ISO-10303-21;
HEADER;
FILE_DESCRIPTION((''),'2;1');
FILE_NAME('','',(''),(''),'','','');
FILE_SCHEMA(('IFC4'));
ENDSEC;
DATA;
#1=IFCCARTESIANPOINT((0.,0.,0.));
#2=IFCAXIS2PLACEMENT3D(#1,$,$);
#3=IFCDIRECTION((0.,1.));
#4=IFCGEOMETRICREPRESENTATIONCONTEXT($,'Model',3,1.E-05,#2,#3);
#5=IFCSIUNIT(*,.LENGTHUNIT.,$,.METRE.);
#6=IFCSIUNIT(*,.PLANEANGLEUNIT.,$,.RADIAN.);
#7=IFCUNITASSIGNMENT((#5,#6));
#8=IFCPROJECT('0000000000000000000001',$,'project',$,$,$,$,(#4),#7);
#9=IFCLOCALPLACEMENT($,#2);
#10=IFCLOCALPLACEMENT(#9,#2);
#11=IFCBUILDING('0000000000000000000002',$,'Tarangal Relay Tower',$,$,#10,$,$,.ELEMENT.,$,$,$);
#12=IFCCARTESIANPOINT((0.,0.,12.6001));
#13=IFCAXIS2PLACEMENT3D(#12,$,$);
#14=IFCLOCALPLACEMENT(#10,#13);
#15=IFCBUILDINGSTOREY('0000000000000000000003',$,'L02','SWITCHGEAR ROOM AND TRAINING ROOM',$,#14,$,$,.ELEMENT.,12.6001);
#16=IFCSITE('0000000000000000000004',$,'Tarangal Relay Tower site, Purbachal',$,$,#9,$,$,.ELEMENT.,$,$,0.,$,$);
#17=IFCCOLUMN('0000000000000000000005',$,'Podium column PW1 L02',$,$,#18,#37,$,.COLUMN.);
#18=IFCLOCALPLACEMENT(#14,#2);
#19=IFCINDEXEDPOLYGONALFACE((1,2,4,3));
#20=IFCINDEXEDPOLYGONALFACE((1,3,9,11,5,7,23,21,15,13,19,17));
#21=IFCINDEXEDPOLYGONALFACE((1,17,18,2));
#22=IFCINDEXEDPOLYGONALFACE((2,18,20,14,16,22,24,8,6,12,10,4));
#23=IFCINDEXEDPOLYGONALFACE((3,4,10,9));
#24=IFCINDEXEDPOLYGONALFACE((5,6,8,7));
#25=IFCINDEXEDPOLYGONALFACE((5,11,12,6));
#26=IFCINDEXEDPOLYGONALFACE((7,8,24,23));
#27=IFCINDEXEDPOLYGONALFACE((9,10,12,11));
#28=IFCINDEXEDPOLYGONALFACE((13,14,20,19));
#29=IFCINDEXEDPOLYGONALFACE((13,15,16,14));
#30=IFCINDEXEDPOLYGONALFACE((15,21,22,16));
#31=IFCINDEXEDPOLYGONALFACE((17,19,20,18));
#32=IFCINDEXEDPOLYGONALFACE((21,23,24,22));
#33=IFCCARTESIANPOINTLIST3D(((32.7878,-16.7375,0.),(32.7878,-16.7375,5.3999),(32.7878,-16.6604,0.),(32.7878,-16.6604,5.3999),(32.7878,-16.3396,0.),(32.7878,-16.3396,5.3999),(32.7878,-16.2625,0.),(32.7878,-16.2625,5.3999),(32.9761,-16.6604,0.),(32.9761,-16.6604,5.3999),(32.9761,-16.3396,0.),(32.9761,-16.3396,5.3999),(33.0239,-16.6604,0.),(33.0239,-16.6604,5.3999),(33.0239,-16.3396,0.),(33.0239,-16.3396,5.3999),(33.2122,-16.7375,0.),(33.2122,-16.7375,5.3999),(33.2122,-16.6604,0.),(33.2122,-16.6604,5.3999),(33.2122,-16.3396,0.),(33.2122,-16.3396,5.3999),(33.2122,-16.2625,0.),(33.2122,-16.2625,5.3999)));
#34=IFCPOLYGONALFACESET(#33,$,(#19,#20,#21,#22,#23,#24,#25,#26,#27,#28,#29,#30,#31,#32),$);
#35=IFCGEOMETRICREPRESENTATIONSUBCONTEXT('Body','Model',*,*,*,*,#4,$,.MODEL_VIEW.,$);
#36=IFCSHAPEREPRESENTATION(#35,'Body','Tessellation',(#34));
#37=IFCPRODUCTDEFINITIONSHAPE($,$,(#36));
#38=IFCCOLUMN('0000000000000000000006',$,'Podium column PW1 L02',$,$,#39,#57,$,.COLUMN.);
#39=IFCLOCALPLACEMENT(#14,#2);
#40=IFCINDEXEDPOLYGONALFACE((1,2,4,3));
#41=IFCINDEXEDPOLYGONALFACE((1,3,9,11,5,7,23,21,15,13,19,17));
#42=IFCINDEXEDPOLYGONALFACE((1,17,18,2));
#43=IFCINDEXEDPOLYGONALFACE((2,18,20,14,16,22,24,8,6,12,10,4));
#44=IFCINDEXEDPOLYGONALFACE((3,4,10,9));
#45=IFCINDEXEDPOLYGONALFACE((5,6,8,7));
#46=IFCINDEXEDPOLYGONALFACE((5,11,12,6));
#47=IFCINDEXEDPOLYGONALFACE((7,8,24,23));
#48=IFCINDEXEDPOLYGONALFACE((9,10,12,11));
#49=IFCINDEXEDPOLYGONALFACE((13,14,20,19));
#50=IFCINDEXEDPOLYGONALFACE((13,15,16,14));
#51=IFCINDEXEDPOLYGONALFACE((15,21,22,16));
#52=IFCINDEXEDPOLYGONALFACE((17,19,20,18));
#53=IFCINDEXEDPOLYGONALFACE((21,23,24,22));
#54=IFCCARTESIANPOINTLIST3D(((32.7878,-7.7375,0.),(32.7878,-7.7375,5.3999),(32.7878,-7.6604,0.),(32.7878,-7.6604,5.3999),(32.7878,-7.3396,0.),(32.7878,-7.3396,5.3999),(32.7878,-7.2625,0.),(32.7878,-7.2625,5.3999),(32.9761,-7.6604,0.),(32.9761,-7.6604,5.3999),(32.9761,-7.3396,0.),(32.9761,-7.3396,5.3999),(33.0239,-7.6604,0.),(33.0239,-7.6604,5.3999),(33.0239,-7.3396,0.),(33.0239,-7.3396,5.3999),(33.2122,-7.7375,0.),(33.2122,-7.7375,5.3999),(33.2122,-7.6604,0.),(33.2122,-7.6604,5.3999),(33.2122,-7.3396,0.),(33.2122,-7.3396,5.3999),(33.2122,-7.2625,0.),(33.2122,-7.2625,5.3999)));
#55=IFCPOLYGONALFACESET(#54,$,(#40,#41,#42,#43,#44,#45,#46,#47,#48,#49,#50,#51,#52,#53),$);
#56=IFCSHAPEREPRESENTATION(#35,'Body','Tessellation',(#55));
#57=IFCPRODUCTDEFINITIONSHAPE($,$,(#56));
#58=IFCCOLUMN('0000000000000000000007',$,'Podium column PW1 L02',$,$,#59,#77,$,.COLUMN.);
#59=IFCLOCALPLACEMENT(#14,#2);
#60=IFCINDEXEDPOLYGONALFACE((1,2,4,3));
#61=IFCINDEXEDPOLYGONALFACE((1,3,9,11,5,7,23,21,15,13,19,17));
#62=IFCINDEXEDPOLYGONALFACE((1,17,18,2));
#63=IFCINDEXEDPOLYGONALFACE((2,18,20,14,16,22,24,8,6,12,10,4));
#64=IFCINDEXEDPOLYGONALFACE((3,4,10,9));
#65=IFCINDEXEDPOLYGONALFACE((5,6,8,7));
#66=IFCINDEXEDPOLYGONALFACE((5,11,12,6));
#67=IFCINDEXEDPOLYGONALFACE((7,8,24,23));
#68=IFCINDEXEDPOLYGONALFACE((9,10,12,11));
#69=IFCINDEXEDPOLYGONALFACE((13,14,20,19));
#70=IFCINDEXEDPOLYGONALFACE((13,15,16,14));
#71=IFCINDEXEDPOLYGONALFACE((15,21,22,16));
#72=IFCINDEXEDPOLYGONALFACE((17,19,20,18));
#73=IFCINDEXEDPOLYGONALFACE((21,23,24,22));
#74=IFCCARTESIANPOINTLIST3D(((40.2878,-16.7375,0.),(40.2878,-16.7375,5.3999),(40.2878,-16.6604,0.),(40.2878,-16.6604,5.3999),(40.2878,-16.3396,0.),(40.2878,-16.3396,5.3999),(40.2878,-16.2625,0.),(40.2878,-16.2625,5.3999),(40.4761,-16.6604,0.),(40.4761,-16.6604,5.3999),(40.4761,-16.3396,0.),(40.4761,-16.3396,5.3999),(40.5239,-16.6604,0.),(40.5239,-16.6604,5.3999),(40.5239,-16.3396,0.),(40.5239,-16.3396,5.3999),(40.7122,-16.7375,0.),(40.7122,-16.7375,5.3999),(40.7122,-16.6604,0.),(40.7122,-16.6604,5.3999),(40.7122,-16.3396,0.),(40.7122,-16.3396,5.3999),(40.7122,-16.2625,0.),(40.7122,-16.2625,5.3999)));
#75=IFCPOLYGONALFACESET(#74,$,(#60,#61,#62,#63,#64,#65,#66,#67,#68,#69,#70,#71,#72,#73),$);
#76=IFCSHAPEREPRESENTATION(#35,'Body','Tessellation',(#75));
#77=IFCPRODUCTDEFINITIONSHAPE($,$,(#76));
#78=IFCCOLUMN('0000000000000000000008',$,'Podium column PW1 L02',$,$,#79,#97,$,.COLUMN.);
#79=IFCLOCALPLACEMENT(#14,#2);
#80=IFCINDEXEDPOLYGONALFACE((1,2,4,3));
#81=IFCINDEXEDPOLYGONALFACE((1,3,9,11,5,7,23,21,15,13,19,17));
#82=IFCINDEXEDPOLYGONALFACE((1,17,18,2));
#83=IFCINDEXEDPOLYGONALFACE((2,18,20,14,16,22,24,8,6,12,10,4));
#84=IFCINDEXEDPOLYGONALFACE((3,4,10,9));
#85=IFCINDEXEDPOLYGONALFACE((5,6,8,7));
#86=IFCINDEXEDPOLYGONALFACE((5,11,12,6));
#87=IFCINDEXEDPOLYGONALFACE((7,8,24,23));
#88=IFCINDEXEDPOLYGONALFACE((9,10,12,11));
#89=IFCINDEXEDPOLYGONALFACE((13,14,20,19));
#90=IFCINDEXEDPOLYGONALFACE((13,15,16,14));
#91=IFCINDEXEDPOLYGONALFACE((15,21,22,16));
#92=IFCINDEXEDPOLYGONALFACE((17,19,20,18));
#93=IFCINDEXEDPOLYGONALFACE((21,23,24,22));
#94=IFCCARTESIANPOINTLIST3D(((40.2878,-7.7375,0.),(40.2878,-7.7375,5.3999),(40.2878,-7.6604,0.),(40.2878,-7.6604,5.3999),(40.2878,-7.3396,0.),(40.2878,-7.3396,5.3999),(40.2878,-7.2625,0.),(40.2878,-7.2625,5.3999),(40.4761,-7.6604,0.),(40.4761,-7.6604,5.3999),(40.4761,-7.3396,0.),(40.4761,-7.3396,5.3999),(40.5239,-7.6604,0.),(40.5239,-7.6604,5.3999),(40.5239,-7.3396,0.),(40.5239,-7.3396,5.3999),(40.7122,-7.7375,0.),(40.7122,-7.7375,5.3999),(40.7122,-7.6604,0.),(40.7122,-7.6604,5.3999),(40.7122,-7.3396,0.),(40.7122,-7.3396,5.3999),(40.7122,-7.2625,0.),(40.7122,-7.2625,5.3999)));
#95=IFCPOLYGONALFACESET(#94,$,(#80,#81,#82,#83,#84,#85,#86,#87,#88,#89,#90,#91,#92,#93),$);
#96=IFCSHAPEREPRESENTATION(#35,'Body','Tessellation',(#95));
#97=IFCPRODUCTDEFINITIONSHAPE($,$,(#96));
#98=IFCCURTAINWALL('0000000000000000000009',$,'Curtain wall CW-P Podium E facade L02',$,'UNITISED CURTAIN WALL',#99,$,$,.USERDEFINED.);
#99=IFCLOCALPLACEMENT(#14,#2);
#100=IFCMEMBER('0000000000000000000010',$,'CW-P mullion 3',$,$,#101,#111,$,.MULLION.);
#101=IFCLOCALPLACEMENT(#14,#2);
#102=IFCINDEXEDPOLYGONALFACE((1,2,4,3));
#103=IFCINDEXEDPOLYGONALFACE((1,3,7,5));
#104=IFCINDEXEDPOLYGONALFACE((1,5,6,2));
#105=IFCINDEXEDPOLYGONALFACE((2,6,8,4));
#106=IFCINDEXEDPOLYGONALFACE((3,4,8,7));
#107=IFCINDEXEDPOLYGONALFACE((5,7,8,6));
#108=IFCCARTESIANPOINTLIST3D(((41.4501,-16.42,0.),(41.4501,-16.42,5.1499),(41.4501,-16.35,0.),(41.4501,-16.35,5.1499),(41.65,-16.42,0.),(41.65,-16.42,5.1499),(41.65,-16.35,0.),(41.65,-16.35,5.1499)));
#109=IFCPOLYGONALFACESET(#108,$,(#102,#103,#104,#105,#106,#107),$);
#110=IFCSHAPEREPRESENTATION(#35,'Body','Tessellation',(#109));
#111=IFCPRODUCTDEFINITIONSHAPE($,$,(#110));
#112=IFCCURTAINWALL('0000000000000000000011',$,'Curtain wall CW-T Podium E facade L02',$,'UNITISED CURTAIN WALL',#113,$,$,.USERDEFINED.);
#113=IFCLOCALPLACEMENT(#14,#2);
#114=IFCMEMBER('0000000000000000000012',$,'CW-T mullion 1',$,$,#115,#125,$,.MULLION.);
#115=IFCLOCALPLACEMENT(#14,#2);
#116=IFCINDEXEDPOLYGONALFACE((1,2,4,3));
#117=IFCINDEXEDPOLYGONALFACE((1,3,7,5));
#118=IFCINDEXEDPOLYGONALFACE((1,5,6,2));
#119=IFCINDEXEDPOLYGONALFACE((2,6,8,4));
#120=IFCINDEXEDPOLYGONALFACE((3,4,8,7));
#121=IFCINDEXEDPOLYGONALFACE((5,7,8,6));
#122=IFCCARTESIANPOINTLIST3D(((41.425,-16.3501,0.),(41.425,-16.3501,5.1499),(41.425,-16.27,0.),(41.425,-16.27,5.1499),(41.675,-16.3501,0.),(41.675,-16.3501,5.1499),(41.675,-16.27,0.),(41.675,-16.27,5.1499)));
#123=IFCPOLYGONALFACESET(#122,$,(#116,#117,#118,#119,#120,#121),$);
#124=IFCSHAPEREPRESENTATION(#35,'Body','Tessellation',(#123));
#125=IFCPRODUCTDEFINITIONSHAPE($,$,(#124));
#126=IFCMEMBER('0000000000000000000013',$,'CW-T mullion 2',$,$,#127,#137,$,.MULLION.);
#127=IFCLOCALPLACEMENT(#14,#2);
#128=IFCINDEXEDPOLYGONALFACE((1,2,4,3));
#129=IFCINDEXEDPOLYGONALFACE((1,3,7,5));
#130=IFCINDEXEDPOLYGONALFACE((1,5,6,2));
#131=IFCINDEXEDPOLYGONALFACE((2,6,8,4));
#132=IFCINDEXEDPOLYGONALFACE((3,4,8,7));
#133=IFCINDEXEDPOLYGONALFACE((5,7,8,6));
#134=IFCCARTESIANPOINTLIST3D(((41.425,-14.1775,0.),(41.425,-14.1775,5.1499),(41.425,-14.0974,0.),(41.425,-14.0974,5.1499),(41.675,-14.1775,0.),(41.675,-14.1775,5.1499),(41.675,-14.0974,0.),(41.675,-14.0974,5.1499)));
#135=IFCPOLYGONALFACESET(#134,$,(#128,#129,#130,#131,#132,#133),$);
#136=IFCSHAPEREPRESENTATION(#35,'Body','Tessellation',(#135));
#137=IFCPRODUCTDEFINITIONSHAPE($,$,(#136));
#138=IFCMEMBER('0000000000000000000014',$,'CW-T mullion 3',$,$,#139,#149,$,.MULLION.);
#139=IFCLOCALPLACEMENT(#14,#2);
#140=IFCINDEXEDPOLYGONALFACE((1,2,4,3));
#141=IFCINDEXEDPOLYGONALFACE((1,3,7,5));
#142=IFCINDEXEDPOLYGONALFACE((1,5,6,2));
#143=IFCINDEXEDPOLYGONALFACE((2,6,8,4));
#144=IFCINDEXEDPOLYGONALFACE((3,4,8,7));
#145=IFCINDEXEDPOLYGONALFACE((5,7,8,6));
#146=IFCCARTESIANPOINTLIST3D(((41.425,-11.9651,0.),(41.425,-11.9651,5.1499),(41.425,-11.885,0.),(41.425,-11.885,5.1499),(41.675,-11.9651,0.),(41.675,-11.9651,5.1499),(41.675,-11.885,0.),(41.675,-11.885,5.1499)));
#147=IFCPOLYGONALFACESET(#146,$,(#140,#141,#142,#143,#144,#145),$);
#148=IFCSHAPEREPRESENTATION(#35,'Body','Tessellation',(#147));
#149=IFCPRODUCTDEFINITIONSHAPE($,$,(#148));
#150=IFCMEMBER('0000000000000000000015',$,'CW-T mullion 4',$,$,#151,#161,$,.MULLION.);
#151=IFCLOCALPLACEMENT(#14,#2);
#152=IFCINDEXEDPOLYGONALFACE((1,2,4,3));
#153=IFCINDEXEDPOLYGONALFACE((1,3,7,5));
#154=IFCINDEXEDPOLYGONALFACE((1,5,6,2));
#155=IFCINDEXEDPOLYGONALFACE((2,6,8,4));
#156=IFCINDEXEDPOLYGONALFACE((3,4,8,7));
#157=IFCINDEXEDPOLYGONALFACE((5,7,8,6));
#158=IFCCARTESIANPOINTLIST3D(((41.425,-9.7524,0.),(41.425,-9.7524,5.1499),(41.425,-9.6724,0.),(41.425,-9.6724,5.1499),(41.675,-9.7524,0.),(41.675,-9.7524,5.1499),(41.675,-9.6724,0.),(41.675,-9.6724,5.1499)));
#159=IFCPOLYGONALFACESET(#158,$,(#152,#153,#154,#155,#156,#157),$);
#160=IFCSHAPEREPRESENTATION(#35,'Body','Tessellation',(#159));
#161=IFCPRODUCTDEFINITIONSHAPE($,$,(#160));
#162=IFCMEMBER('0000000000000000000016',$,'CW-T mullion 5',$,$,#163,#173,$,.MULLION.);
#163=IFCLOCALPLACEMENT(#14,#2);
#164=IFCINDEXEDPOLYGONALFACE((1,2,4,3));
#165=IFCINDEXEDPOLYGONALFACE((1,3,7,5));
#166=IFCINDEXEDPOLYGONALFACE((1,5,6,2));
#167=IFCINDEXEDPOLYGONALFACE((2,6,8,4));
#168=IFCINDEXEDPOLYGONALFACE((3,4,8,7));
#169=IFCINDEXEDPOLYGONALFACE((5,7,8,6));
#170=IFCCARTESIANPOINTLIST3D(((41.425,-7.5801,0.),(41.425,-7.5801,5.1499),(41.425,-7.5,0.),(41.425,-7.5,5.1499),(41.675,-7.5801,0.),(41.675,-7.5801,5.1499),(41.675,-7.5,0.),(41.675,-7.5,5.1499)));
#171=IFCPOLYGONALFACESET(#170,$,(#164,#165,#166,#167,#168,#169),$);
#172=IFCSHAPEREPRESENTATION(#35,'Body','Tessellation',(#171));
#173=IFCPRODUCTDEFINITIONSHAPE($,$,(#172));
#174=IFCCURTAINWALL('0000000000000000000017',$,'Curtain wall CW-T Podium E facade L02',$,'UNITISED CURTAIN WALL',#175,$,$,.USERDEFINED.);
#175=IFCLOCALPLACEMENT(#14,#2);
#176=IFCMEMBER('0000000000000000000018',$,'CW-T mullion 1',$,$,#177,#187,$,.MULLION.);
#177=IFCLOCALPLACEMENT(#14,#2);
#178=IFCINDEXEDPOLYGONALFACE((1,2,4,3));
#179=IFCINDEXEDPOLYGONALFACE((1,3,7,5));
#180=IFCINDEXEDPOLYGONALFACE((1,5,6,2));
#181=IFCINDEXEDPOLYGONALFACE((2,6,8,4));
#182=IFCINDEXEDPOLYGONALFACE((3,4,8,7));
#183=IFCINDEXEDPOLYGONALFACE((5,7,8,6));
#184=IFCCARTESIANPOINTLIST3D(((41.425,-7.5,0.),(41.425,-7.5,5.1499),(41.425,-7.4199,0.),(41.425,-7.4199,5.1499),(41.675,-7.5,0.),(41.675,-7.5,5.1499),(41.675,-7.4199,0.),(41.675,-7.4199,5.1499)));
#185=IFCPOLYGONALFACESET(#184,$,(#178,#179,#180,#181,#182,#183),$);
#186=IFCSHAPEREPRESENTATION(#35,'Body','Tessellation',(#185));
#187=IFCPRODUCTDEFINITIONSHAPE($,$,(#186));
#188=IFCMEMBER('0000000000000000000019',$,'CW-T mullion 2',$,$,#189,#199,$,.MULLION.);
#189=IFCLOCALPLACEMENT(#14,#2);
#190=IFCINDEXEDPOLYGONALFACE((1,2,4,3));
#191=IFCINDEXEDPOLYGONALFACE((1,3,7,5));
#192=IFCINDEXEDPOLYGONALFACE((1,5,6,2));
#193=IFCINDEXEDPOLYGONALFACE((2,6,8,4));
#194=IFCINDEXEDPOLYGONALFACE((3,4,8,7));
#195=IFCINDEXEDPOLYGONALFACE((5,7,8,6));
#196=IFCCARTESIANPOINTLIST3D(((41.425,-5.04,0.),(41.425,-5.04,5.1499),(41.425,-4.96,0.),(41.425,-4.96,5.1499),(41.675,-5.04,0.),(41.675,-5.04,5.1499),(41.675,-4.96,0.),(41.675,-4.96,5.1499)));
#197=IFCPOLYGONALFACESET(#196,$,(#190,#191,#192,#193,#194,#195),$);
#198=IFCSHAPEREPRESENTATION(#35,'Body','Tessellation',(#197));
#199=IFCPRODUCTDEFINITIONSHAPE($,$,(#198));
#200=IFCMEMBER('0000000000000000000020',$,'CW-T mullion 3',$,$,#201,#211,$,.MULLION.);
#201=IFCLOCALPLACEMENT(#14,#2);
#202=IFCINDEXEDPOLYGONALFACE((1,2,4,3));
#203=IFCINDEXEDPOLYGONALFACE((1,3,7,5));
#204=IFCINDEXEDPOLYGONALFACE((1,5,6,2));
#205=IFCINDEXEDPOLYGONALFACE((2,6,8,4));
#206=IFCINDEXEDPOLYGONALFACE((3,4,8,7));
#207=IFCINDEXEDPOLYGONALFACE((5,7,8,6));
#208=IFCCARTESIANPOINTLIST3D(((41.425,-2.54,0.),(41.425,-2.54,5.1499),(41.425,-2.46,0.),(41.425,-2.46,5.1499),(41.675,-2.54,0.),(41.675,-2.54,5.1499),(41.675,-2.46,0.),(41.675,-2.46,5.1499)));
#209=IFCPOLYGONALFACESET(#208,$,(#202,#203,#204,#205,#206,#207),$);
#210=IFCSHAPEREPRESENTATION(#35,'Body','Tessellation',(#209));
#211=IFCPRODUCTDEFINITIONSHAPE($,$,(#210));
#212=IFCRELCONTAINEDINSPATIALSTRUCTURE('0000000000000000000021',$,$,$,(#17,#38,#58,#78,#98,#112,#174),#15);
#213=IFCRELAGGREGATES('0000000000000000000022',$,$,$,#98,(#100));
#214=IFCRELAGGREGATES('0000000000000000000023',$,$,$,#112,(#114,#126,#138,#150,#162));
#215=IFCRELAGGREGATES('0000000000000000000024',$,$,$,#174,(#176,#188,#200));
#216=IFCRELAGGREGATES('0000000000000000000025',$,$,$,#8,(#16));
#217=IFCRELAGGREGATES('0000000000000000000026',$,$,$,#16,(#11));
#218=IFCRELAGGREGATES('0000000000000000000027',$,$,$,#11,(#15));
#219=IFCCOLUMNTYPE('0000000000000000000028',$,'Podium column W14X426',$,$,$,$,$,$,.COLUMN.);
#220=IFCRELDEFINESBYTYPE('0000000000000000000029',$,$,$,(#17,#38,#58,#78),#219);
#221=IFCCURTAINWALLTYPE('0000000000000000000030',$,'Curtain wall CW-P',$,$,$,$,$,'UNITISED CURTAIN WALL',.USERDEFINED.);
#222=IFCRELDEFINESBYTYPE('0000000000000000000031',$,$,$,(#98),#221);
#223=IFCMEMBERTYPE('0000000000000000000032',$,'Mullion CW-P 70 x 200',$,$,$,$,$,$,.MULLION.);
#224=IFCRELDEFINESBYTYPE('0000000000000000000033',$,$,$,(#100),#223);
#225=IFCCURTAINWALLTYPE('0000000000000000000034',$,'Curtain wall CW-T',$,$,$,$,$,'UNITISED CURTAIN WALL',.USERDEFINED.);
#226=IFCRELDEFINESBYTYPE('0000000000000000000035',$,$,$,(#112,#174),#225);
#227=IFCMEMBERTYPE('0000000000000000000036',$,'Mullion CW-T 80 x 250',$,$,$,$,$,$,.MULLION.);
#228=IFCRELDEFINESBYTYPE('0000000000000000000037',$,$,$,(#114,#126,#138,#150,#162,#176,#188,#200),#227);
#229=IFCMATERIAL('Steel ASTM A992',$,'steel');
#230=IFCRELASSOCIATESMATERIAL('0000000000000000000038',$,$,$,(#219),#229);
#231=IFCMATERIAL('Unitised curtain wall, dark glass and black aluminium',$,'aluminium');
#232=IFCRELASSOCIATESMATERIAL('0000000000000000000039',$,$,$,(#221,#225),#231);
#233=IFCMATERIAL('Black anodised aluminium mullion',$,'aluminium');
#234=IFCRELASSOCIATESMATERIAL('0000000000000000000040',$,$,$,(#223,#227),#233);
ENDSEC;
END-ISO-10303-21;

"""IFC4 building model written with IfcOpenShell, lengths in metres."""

from ifc_helpers import new_model, si_unit, direction, frame, origin, origin_2d, place, context, subcontext, project, spatial, rectangle, i_section, extrude, material, material_profile, profile_set, type_object, element, aggregate, save


model = new_model("IFC4")

# Units and contexts
model_context = context("Model", 3, precision=1e-05, world=origin(), true_north=direction((0.0, 1.0)))
body_context = subcontext(model_context, "Body", "Model", "MODEL_VIEW")
ifc_project = project(units=[si_unit("LENGTHUNIT", "METRE"), si_unit("PLANEANGLEUNIT", "RADIAN")], contexts=[model_context])

# Site, building, storey
site_placement = place(None, origin())
site = spatial("IfcSite", under=ifc_project, at=site_placement, Name="Tarangal Relay Tower site, Purbachal", CompositionType="ELEMENT", RefElevation=0.0)
building_placement = place(site_placement, origin())
building = spatial("IfcBuilding", under=site, at=building_placement, Name="Tarangal Relay Tower", CompositionType="ELEMENT")
storey_placement = place(building_placement, frame((0.0, 0.0, 12.6001)))
storey = spatial("IfcBuildingStorey", under=building, at=storey_placement, Name="L02", Description="SWITCHGEAR ROOM AND TRAINING ROOM", CompositionType="ELEMENT", Elevation=12.6001)

# Columns
ifc_material_1 = material(Name="Steel ASTM A992", Category="steel")
ifc_material_profile_1 = material_profile(ifc_material_1, i_section(OverallWidth=0.4243, OverallDepth=0.4751, WebThickness=0.0479, FlangeThickness=0.0771, at=origin_2d()), Name="W14X426")
ifc_profile_set_1 = profile_set([ifc_material_profile_1], Name="Steel ASTM A992")
column_type = type_object("IfcColumnType", Name="Podium column W14X426", PredefinedType="COLUMN", material=ifc_profile_set_1)
for number, where, z_axis, x_axis, name in (
    (1, (33.0, -16.5, 0.0), (0.0, 0.0, 1.0), (1.0, 0.0, 0.0), "Podium column PW1 L02"),
    (2, (33.0, -7.5, 0.0), (0.0, 0.0, 1.0), (1.0, 0.0, 0.0), "Podium column PW1 L02"),
    (3, (40.5, -16.5, 0.0), (0.0, 0.0, 1.0), (1.0, 0.0, 0.0), "Podium column PW1 L02"),
    (4, (40.5, -7.5, 0.0), (0.0, 0.0, 1.0), (1.0, 0.0, 0.0), "Podium column PW1 L02"),
):
    element("IfcColumn", number, at=place(storey_placement, frame(where, z_axis=z_axis, x_axis=x_axis)), inside=storey, type_object=column_type, Name=name, PredefinedType="COLUMN", context=body_context, shape_type="SweptSolid", body=[
        extrude(i_section(OverallWidth=0.4243, OverallDepth=0.4751, WebThickness=0.0479, FlangeThickness=0.0771, at=origin_2d()), origin(), (0.0, 0.0, 1.0), 5.3999),
    ])

# Curtain wall, member
ifc_material_2 = material(Name="Unitised curtain wall, dark glass and black aluminium", Category="aluminium")
curtain_wall_type_1 = type_object("IfcCurtainWallType", Name="Curtain wall CW-P", ElementType="UNITISED CURTAIN WALL", PredefinedType="USERDEFINED", material=ifc_material_2)
curtain_wall_1_placement = place(storey_placement, origin())
curtain_wall_1 = element("IfcCurtainWall", 5, at=curtain_wall_1_placement, inside=storey, type_object=curtain_wall_type_1, Name="Curtain wall CW-P Podium E facade L02", ObjectType="UNITISED CURTAIN WALL", PredefinedType="USERDEFINED")
ifc_material_3 = material(Name="Black anodised aluminium mullion", Category="aluminium")
ifc_material_profile_2 = material_profile(ifc_material_3, rectangle(XDim=0.2, YDim=0.0701, at=origin_2d()), Name="CW-PM 70X200")
ifc_profile_set_2 = profile_set([ifc_material_profile_2], Name="Black anodised aluminium mullion")
member_type_1 = type_object("IfcMemberType", Name="Mullion CW-P 70 x 200", PredefinedType="MULLION", material=ifc_profile_set_2)
member_1_placement = place(storey_placement, frame((41.55, -16.385, 0.0), z_axis=(0.0, 0.0, 1.0), x_axis=(-1.0, 0.0, 0.0)))
member_1 = element("IfcMember", 6, at=member_1_placement, type_object=member_type_1, Name="CW-P mullion 3", PredefinedType="MULLION", context=body_context, shape_type="SweptSolid", body=[
    extrude(rectangle(XDim=0.2, YDim=0.0701, at=origin_2d()), origin(), (0.0, 0.0, 1.0), 5.1499),
])
aggregate(curtain_wall_1, [member_1])

# Curtain walls, members
curtain_wall_type_2 = type_object("IfcCurtainWallType", Name="Curtain wall CW-T", ElementType="UNITISED CURTAIN WALL", PredefinedType="USERDEFINED", material=ifc_material_2)
curtain_wall_2_placement = place(storey_placement, origin())
curtain_wall_2 = element("IfcCurtainWall", 7, at=curtain_wall_2_placement, inside=storey, type_object=curtain_wall_type_2, Name="Curtain wall CW-T Podium E facade L02", ObjectType="UNITISED CURTAIN WALL", PredefinedType="USERDEFINED")
ifc_material_profile_3 = material_profile(ifc_material_3, rectangle(XDim=0.25, YDim=0.0801, at=origin_2d()), Name="CW-TM 80X250")
ifc_profile_set_3 = profile_set([ifc_material_profile_3], Name="Black anodised aluminium mullion")
member_type_2 = type_object("IfcMemberType", Name="Mullion CW-T 80 x 250", PredefinedType="MULLION", material=ifc_profile_set_3)
member_2_placement = place(storey_placement, frame((41.55, -16.3101, 0.0), z_axis=(0.0, 0.0, 1.0), x_axis=(-1.0, 0.0, 0.0)))
member_2 = element("IfcMember", 8, at=member_2_placement, type_object=member_type_2, Name="CW-T mullion 1", PredefinedType="MULLION", context=body_context, shape_type="SweptSolid", body=[
    extrude(rectangle(XDim=0.25, YDim=0.0801, at=origin_2d()), origin(), (0.0, 0.0, 1.0), 5.1499),
])
member_3_placement = place(storey_placement, frame((41.55, -14.1375, 0.0), z_axis=(0.0, 0.0, 1.0), x_axis=(-1.0, 0.0, 0.0)))
member_3 = element("IfcMember", 9, at=member_3_placement, type_object=member_type_2, Name="CW-T mullion 2", PredefinedType="MULLION", context=body_context, shape_type="SweptSolid", body=[
    extrude(rectangle(XDim=0.25, YDim=0.0801, at=origin_2d()), origin(), (0.0, 0.0, 1.0), 5.1499),
])
member_4_placement = place(storey_placement, frame((41.55, -11.925, 0.0), z_axis=(0.0, 0.0, 1.0), x_axis=(-1.0, 0.0, 0.0)))
member_4 = element("IfcMember", 10, at=member_4_placement, type_object=member_type_2, Name="CW-T mullion 3", PredefinedType="MULLION", context=body_context, shape_type="SweptSolid", body=[
    extrude(rectangle(XDim=0.25, YDim=0.0801, at=origin_2d()), origin(), (0.0, 0.0, 1.0), 5.1499),
])
member_5_placement = place(storey_placement, frame((41.55, -9.7124, 0.0), z_axis=(0.0, 0.0, 1.0), x_axis=(-1.0, 0.0, 0.0)))
member_5 = element("IfcMember", 11, at=member_5_placement, type_object=member_type_2, Name="CW-T mullion 4", PredefinedType="MULLION", context=body_context, shape_type="SweptSolid", body=[
    extrude(rectangle(XDim=0.25, YDim=0.0801, at=origin_2d()), origin(), (0.0, 0.0, 1.0), 5.1499),
])
member_6_placement = place(storey_placement, frame((41.55, -7.54, 0.0), z_axis=(0.0, 0.0, 1.0), x_axis=(-1.0, 0.0, 0.0)))
member_6 = element("IfcMember", 12, at=member_6_placement, type_object=member_type_2, Name="CW-T mullion 5", PredefinedType="MULLION", context=body_context, shape_type="SweptSolid", body=[
    extrude(rectangle(XDim=0.25, YDim=0.0801, at=origin_2d()), origin(), (0.0, 0.0, 1.0), 5.1499),
])
curtain_wall_3_placement = place(storey_placement, origin())
curtain_wall_3 = element("IfcCurtainWall", 13, at=curtain_wall_3_placement, inside=storey, type_object=curtain_wall_type_2, Name="Curtain wall CW-T Podium E facade L02", ObjectType="UNITISED CURTAIN WALL", PredefinedType="USERDEFINED")
member_7_placement = place(storey_placement, frame((41.55, -7.46, 0.0), z_axis=(0.0, 0.0, 1.0), x_axis=(-1.0, 0.0, 0.0)))
member_7 = element("IfcMember", 14, at=member_7_placement, type_object=member_type_2, Name="CW-T mullion 1", PredefinedType="MULLION", context=body_context, shape_type="SweptSolid", body=[
    extrude(rectangle(XDim=0.25, YDim=0.0801, at=origin_2d()), origin(), (0.0, 0.0, 1.0), 5.1499),
])
member_8_placement = place(storey_placement, frame((41.55, -5.0, 0.0), z_axis=(0.0, 0.0, 1.0), x_axis=(-1.0, 0.0, 0.0)))
member_8 = element("IfcMember", 15, at=member_8_placement, type_object=member_type_2, Name="CW-T mullion 2", PredefinedType="MULLION", context=body_context, shape_type="SweptSolid", body=[
    extrude(rectangle(XDim=0.25, YDim=0.0801, at=origin_2d()), origin(), (0.0, 0.0, 1.0), 5.1499),
])
member_9_placement = place(storey_placement, frame((41.55, -2.5, 0.0), z_axis=(0.0, 0.0, 1.0), x_axis=(-1.0, 0.0, 0.0)))
member_9 = element("IfcMember", 16, at=member_9_placement, type_object=member_type_2, Name="CW-T mullion 3", PredefinedType="MULLION", context=body_context, shape_type="SweptSolid", body=[
    extrude(rectangle(XDim=0.25, YDim=0.0801, at=origin_2d()), origin(), (0.0, 0.0, 1.0), 5.1499),
])

aggregate(curtain_wall_2, [member_2, member_3, member_4, member_5, member_6])
aggregate(curtain_wall_3, [member_7, member_8, member_9])

save(model, "model.ifc")
